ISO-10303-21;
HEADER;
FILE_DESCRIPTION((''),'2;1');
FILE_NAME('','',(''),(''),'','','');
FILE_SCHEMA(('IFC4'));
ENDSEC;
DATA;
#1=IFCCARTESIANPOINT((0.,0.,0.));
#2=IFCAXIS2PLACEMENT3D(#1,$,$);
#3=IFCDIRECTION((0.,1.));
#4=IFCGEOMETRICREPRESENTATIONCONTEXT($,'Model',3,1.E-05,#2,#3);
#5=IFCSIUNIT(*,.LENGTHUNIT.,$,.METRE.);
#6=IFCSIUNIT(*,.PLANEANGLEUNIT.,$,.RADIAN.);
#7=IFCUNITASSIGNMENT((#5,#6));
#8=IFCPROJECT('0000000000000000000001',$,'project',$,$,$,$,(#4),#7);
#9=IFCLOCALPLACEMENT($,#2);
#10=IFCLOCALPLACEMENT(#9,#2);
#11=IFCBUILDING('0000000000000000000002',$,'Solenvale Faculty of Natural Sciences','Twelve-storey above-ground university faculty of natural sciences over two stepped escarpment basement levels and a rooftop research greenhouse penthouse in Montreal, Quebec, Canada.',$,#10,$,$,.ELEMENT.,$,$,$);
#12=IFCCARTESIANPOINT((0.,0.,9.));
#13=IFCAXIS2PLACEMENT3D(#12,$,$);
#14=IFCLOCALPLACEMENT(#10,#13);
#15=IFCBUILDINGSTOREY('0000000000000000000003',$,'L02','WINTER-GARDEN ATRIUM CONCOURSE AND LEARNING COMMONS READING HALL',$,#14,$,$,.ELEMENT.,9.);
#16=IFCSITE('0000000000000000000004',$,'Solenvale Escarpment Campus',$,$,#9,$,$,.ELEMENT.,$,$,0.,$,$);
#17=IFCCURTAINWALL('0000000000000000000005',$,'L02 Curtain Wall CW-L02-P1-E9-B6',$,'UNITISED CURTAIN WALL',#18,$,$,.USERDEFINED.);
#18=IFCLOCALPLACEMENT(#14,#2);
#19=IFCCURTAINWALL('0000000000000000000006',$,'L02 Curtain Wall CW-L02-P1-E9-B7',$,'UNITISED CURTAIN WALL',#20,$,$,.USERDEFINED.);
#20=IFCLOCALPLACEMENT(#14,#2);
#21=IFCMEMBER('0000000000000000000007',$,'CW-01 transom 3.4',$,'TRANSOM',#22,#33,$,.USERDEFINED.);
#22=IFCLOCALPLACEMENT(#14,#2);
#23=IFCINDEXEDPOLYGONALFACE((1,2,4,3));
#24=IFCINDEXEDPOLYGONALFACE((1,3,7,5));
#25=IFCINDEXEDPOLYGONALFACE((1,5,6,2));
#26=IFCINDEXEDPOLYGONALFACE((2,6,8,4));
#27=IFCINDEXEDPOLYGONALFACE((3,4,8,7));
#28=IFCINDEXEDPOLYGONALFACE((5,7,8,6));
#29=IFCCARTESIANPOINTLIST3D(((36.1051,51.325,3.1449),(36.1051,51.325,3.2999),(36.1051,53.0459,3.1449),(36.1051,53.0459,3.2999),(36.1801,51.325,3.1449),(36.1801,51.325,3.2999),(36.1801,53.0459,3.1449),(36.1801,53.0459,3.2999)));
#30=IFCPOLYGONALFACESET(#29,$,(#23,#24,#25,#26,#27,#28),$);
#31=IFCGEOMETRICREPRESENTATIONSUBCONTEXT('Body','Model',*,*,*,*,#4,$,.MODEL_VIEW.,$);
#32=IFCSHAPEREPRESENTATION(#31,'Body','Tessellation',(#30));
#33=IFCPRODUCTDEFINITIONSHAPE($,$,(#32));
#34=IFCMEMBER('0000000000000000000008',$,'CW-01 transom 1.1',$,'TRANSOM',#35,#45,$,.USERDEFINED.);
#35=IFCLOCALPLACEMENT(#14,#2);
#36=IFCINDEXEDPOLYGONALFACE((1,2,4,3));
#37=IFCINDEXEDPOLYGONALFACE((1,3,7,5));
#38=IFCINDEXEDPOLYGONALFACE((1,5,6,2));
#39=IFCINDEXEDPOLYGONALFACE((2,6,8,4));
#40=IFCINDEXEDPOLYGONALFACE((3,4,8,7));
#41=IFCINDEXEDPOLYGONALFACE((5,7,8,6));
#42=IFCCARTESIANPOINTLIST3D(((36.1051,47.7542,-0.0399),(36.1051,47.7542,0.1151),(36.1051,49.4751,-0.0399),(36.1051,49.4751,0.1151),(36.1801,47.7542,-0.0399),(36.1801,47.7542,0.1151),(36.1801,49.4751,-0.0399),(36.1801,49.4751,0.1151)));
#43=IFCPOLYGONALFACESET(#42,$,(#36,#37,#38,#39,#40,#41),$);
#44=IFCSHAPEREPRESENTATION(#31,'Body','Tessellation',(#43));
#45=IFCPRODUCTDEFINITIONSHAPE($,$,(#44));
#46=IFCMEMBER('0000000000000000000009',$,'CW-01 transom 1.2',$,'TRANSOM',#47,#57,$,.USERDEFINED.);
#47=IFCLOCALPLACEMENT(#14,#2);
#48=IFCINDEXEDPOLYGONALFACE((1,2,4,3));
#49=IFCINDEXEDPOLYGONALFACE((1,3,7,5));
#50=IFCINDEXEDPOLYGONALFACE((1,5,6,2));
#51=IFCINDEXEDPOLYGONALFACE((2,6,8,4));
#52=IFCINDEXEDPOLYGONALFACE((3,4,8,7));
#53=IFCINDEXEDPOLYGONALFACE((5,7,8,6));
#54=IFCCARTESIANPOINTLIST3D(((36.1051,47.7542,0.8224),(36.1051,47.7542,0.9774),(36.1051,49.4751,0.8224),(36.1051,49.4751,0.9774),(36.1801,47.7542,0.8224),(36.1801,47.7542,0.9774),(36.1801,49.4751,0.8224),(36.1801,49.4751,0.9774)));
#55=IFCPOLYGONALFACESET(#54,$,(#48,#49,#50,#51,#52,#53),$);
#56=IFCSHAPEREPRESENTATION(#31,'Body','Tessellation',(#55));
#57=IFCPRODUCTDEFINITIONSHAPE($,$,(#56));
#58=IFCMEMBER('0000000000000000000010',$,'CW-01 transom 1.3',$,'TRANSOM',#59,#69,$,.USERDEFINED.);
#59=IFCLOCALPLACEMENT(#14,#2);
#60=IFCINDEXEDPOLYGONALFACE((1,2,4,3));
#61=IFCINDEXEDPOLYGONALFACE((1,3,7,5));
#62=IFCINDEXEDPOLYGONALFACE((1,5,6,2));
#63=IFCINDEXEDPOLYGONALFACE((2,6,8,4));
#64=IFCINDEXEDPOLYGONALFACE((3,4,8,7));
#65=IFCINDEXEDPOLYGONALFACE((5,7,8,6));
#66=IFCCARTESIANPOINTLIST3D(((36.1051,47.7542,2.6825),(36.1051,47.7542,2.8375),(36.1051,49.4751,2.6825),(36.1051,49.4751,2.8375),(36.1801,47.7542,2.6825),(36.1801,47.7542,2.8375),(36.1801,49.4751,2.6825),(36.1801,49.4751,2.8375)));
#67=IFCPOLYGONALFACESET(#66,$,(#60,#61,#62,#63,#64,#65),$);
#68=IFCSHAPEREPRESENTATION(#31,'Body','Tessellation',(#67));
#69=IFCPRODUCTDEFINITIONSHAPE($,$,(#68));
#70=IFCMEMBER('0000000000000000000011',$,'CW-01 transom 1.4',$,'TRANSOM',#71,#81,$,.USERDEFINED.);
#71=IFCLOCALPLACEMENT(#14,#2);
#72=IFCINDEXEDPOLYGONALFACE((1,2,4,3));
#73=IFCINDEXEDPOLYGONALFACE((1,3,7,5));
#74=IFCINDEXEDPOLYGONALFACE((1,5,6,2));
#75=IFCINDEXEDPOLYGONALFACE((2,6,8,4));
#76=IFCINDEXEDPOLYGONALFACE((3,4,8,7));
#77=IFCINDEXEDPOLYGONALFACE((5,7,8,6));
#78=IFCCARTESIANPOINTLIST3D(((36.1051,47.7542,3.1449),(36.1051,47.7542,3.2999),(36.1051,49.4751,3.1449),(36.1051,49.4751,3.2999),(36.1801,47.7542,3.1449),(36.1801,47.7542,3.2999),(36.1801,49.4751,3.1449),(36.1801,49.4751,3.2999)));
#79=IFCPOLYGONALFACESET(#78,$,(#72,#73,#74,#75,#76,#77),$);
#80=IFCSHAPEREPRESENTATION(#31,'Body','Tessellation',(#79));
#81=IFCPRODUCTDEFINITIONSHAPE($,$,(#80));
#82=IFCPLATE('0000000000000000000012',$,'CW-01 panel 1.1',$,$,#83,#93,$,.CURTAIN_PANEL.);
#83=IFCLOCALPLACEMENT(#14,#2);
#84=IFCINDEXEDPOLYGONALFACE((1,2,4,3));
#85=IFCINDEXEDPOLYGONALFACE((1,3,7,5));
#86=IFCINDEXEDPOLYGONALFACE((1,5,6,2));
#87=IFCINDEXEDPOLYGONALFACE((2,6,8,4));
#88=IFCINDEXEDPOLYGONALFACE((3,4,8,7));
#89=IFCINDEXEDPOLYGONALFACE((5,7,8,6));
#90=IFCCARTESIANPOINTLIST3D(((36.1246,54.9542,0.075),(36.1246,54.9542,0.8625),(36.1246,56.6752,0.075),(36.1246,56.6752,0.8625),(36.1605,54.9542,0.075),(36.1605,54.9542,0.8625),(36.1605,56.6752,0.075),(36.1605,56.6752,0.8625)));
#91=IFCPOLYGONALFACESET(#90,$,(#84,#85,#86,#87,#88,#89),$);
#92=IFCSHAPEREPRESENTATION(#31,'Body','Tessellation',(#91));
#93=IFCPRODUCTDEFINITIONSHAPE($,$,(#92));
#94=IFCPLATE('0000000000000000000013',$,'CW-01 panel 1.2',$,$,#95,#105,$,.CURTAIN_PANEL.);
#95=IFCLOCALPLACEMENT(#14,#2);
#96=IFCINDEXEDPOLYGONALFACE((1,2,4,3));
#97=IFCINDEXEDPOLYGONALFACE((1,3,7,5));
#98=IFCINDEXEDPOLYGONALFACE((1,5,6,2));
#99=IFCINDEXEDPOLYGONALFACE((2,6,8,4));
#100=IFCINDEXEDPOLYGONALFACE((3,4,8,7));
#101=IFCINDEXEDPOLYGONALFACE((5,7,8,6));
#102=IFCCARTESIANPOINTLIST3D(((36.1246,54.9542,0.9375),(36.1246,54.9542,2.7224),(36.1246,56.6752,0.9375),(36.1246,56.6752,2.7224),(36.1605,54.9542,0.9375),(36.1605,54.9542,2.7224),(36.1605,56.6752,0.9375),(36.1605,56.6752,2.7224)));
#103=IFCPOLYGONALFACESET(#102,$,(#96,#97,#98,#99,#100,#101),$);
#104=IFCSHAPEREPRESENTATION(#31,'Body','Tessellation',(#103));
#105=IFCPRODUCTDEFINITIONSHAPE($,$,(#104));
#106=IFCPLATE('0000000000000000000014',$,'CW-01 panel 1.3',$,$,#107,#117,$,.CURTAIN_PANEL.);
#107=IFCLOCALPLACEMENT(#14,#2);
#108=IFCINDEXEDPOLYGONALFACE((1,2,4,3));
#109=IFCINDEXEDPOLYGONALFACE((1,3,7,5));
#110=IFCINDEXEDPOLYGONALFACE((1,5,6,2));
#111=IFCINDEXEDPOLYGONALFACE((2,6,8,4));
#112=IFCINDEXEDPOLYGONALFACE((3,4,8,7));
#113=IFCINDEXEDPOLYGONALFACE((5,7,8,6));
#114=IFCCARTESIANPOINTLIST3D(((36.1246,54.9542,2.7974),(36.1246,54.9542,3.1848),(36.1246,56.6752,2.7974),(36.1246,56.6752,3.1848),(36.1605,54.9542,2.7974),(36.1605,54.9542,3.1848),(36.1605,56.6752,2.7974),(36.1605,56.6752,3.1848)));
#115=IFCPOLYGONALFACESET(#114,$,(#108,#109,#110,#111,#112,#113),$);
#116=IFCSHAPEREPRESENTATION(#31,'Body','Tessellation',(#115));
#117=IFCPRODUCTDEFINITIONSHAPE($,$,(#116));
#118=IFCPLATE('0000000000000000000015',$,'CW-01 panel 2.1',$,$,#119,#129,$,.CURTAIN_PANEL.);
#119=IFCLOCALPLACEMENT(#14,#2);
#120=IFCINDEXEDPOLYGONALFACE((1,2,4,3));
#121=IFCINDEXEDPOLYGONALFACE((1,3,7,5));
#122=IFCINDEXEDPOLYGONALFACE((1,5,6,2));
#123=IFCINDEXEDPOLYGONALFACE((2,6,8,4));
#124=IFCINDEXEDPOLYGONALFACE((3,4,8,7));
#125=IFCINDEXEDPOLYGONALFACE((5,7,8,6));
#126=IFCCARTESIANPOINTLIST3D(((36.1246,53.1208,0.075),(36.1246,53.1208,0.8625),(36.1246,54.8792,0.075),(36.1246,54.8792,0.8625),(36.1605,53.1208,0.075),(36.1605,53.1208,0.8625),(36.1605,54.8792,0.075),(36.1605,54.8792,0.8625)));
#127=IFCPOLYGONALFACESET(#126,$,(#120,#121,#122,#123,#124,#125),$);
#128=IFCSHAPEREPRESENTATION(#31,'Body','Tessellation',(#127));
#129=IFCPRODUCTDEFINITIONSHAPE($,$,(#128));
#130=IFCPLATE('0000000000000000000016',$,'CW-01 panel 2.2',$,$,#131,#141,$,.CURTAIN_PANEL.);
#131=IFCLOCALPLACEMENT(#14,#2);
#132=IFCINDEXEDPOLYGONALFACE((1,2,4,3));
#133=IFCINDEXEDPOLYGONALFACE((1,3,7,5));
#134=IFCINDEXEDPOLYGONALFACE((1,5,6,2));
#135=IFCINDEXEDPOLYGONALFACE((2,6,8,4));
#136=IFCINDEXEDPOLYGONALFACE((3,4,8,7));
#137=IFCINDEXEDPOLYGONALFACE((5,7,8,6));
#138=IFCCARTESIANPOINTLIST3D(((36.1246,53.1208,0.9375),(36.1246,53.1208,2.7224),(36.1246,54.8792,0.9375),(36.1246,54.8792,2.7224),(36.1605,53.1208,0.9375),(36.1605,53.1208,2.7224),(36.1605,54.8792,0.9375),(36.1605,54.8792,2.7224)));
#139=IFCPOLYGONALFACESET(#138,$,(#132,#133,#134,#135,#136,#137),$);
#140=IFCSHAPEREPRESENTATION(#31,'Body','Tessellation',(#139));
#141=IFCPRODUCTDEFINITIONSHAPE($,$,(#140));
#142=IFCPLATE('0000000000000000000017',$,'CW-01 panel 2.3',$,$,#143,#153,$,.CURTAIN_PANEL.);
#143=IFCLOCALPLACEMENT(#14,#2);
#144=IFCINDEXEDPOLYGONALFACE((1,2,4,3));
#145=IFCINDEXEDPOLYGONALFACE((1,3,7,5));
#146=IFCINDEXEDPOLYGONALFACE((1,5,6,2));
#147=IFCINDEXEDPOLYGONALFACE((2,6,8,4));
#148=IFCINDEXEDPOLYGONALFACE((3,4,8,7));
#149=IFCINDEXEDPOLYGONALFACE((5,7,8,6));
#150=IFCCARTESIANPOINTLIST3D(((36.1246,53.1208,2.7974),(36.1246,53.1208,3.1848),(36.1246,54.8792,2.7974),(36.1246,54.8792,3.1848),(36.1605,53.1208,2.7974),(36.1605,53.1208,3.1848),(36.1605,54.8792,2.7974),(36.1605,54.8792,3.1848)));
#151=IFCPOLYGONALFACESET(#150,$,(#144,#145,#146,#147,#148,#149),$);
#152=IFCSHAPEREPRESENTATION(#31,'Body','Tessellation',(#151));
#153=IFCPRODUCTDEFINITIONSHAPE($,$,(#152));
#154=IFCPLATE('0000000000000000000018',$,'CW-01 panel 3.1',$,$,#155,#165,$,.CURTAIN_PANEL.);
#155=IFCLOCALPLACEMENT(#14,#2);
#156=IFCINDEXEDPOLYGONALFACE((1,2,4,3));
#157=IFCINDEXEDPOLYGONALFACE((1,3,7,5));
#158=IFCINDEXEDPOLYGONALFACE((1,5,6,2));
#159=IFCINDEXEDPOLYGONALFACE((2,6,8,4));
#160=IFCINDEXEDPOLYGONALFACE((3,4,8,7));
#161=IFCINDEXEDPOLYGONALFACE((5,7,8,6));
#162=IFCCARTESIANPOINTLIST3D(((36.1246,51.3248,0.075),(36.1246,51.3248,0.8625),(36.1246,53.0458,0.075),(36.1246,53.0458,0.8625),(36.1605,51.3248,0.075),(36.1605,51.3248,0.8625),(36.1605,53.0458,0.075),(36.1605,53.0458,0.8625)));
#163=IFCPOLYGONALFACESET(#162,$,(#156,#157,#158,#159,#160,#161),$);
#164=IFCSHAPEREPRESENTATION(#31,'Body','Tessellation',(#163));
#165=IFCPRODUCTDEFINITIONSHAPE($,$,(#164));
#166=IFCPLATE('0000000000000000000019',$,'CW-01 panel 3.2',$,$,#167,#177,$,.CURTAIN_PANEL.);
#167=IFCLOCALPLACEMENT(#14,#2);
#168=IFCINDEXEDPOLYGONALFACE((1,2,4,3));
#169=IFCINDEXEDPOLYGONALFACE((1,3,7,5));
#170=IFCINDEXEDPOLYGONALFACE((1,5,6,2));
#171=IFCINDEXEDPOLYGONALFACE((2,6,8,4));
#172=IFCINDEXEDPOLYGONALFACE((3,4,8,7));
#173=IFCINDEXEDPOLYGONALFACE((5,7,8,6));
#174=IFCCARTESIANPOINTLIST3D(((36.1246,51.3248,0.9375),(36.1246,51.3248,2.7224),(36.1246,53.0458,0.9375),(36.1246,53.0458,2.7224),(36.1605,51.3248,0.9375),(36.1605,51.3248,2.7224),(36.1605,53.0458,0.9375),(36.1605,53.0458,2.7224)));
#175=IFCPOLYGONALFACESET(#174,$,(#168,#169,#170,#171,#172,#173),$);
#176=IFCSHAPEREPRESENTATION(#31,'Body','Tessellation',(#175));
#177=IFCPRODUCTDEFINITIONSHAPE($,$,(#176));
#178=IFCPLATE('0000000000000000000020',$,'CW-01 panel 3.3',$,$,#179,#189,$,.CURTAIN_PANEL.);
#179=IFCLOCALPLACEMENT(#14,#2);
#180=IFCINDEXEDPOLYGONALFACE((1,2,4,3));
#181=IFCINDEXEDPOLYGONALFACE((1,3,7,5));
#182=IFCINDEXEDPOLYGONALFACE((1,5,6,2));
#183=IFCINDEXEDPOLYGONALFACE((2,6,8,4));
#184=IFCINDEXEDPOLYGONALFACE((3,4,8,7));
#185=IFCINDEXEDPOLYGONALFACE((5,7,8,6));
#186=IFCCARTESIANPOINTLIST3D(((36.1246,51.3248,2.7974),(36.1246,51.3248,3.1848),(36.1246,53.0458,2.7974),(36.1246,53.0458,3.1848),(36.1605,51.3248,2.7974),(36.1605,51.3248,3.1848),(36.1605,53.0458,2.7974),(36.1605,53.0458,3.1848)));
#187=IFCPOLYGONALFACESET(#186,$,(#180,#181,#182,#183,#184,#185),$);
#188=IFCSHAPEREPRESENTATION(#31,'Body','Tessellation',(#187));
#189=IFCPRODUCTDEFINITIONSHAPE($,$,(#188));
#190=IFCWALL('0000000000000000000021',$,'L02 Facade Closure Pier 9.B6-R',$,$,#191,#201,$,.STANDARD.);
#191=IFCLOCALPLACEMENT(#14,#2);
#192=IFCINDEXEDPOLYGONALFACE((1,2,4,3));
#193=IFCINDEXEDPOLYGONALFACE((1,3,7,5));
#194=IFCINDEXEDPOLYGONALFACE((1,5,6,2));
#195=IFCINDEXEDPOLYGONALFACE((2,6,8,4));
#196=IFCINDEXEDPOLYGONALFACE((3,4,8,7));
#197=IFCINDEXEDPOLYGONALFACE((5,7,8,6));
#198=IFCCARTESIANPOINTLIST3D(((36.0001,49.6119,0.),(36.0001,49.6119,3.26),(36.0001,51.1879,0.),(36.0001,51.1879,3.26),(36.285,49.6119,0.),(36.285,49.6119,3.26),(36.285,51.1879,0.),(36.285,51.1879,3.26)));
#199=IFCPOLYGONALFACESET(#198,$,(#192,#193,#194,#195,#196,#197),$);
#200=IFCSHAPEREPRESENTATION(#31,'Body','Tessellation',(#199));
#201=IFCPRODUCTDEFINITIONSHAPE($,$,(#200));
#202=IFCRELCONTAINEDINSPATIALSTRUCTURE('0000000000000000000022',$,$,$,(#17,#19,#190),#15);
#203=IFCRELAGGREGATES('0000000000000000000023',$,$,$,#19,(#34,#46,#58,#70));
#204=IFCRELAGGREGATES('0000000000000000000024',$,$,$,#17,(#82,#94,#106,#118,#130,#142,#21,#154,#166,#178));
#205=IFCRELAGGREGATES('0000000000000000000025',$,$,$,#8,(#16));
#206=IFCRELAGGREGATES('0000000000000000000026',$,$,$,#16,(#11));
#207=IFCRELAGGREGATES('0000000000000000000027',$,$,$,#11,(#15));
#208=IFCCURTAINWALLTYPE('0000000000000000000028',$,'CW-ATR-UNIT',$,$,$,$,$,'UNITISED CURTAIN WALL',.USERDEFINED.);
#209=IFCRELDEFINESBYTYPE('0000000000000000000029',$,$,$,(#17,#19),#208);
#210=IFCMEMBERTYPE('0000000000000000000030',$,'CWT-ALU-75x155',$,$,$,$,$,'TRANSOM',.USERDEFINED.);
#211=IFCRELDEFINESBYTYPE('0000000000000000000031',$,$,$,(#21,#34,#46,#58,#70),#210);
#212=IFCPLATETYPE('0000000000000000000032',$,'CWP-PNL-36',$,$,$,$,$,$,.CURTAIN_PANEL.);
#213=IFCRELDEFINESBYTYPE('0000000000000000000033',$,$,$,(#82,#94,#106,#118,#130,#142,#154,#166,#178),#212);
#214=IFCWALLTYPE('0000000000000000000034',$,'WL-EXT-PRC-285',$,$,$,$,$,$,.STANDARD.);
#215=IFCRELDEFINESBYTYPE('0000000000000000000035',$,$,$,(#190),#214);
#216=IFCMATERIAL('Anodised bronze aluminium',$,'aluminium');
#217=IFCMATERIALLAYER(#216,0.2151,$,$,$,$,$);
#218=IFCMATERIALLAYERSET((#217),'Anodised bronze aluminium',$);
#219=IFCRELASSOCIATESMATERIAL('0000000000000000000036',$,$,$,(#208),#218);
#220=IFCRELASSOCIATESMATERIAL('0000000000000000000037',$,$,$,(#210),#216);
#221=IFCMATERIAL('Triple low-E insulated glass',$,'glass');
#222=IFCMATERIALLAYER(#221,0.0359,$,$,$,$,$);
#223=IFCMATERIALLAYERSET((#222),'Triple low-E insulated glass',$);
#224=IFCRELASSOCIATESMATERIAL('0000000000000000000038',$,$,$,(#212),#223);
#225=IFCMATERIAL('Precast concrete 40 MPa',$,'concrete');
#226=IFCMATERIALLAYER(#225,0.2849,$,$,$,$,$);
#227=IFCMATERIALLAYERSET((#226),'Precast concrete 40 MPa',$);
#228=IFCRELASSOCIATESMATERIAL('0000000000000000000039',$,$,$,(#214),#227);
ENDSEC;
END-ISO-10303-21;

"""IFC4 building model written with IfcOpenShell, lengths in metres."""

from ifc_helpers import new_model, si_unit, direction, frame, frame_2d, origin, origin_2d, place, context, subcontext, project, spatial, rectangle, extrude, material, layer, layer_set, material_profile, profile_set, type_object, element, aggregate, save


model = new_model("IFC4")

# Units and contexts
model_context = context("Model", 3, precision=1e-05, world=origin(), true_north=direction((0.0, 1.0)))
body_context = subcontext(model_context, "Body", "Model", "MODEL_VIEW")
ifc_project = project(units=[si_unit("LENGTHUNIT", "METRE"), si_unit("PLANEANGLEUNIT", "RADIAN")], contexts=[model_context])

# Site, building, storey
site_placement = place(None, origin())
site = spatial("IfcSite", under=ifc_project, at=site_placement, Name="Solenvale Escarpment Campus", CompositionType="ELEMENT", RefElevation=0.0)
building_placement = place(site_placement, origin())
building = spatial("IfcBuilding", under=site, at=building_placement, Name="Solenvale Faculty of Natural Sciences", Description="Twelve-storey above-ground university faculty of natural sciences over two stepped escarpment basement levels and a rooftop research greenhouse penthouse in Montreal, Quebec, Canada.", CompositionType="ELEMENT")
storey_placement = place(building_placement, frame((0.0, 0.0, 9.0)))
storey = spatial("IfcBuildingStorey", under=building, at=storey_placement, Name="L02", Description="WINTER-GARDEN ATRIUM CONCOURSE AND LEARNING COMMONS READING HALL", CompositionType="ELEMENT", Elevation=9.0)

# Curtain wall
ifc_material_1 = material(Name="Anodised bronze aluminium", Category="aluminium")
ifc_layer_1 = layer(ifc_material_1, 0.2151)
ifc_layer_set_1 = layer_set([ifc_layer_1], Name="Anodised bronze aluminium")
curtain_wall_type = type_object("IfcCurtainWallType", Name="CW-ATR-UNIT", ElementType="UNITISED CURTAIN WALL", PredefinedType="USERDEFINED", material=ifc_layer_set_1)
curtain_wall_1_placement = place(storey_placement, origin())
curtain_wall_1 = element("IfcCurtainWall", 1, at=curtain_wall_1_placement, inside=storey, type_object=curtain_wall_type, Name="L02 Curtain Wall CW-L02-P1-E9-B6", ObjectType="UNITISED CURTAIN WALL", PredefinedType="USERDEFINED")

# Curtain wall
curtain_wall_2_placement = place(storey_placement, origin())
curtain_wall_2 = element("IfcCurtainWall", 2, at=curtain_wall_2_placement, inside=storey, type_object=curtain_wall_type, Name="L02 Curtain Wall CW-L02-P1-E9-B7", ObjectType="UNITISED CURTAIN WALL", PredefinedType="USERDEFINED")

# Members
ifc_material_profile_1 = material_profile(ifc_material_1, rectangle(XDim=0.075, YDim=0.155, at=origin_2d()), Name="ALU-TRN-75x155")
ifc_profile_set_1 = profile_set([ifc_material_profile_1], Name="Anodised bronze aluminium")
member_type_1 = type_object("IfcMemberType", Name="CWT-ALU-75x155", ElementType="TRANSOM", PredefinedType="USERDEFINED", material=ifc_profile_set_1)
member_1_placement = place(storey_placement, frame((36.1426, 53.0459, 3.2224), z_axis=(0.0, -1.0, 0.0), x_axis=(1.0, 0.0, 0.0)))
member_1 = element("IfcMember", 3, at=member_1_placement, type_object=member_type_1, Name="CW-01 transom 3.4", ObjectType="TRANSOM", PredefinedType="USERDEFINED", context=body_context, shape_type="SweptSolid", body=[
    extrude(rectangle(XDim=0.075, YDim=0.155, at=origin_2d()), origin(), (0.0, 0.0, 1.0), 1.7209),
])
member_2_placement = place(storey_placement, frame((36.1426, 49.4751, 0.0376), z_axis=(0.0, -1.0, 0.0), x_axis=(1.0, 0.0, 0.0)))
member_2 = element("IfcMember", 4, at=member_2_placement, type_object=member_type_1, Name="CW-01 transom 1.1", ObjectType="TRANSOM", PredefinedType="USERDEFINED", context=body_context, shape_type="SweptSolid", body=[
    extrude(rectangle(XDim=0.075, YDim=0.155, at=origin_2d()), origin(), (0.0, 0.0, 1.0), 1.7209),
])
member_3_placement = place(storey_placement, frame((36.1426, 49.4751, 0.8999), z_axis=(0.0, -1.0, 0.0), x_axis=(1.0, 0.0, 0.0)))
member_3 = element("IfcMember", 5, at=member_3_placement, type_object=member_type_1, Name="CW-01 transom 1.2", ObjectType="TRANSOM", PredefinedType="USERDEFINED", context=body_context, shape_type="SweptSolid", body=[
    extrude(rectangle(XDim=0.075, YDim=0.155, at=origin_2d()), origin(), (0.0, 0.0, 1.0), 1.7209),
])
member_4_placement = place(storey_placement, frame((36.1426, 49.4751, 2.76), z_axis=(0.0, -1.0, 0.0), x_axis=(1.0, 0.0, 0.0)))
member_4 = element("IfcMember", 6, at=member_4_placement, type_object=member_type_1, Name="CW-01 transom 1.3", ObjectType="TRANSOM", PredefinedType="USERDEFINED", context=body_context, shape_type="SweptSolid", body=[
    extrude(rectangle(XDim=0.075, YDim=0.155, at=origin_2d()), origin(), (0.0, 0.0, 1.0), 1.7209),
])
member_5_placement = place(storey_placement, frame((36.1426, 49.4751, 3.2224), z_axis=(0.0, -1.0, 0.0), x_axis=(1.0, 0.0, 0.0)))
member_5 = element("IfcMember", 7, at=member_5_placement, type_object=member_type_1, Name="CW-01 transom 1.4", ObjectType="TRANSOM", PredefinedType="USERDEFINED", context=body_context, shape_type="SweptSolid", body=[
    extrude(rectangle(XDim=0.075, YDim=0.155, at=origin_2d()), origin(), (0.0, 0.0, 1.0), 1.7209),
])
aggregate(curtain_wall_2, [member_2, member_3, member_4, member_5])

# Plates
ifc_material_2 = material(Name="Triple low-E insulated glass", Category="glass")
ifc_layer_2 = layer(ifc_material_2, 0.0359)
ifc_layer_set_2 = layer_set([ifc_layer_2], Name="Triple low-E insulated glass")
plate_type = type_object("IfcPlateType", Name="CWP-PNL-36", PredefinedType="CURTAIN_PANEL", material=ifc_layer_set_2)
plate_1_placement = place(storey_placement, frame((36.1426, 55.8147, 0.075), z_axis=(0.0, 0.0, 1.0), x_axis=(0.0, -1.0, 0.0)))
plate_1 = element("IfcPlate", 8, at=plate_1_placement, type_object=plate_type, Name="CW-01 panel 1.1", PredefinedType="CURTAIN_PANEL", context=body_context, shape_type="SweptSolid", body=[
    extrude(rectangle(XDim=1.7209, YDim=0.0359, at=origin_2d()), origin(), (0.0, 0.0, 1.0), 0.7876),
])
plate_2_placement = place(storey_placement, frame((36.1426, 55.8147, 0.9375), z_axis=(0.0, 0.0, 1.0), x_axis=(0.0, -1.0, 0.0)))
plate_2 = element("IfcPlate", 9, at=plate_2_placement, type_object=plate_type, Name="CW-01 panel 1.2", PredefinedType="CURTAIN_PANEL", context=body_context, shape_type="SweptSolid", body=[
    extrude(rectangle(XDim=1.7209, YDim=0.0359, at=origin_2d()), origin(), (0.0, 0.0, 1.0), 1.7849),
])
plate_3_placement = place(storey_placement, frame((36.1426, 55.8147, 2.7974), z_axis=(0.0, 0.0, 1.0), x_axis=(0.0, -1.0, 0.0)))
plate_3 = element("IfcPlate", 10, at=plate_3_placement, type_object=plate_type, Name="CW-01 panel 1.3", PredefinedType="CURTAIN_PANEL", context=body_context, shape_type="SweptSolid", body=[
    extrude(rectangle(XDim=1.7209, YDim=0.0359, at=origin_2d()), origin(), (0.0, 0.0, 1.0), 0.3875),
])
plate_4_placement = place(storey_placement, frame((36.1426, 54.0, 0.075), z_axis=(0.0, 0.0, 1.0), x_axis=(0.0, -1.0, 0.0)))
plate_4 = element("IfcPlate", 11, at=plate_4_placement, type_object=plate_type, Name="CW-01 panel 2.1", PredefinedType="CURTAIN_PANEL", context=body_context, shape_type="SweptSolid", body=[
    extrude(rectangle(XDim=1.7583, YDim=0.0359, at=origin_2d()), origin(), (0.0, 0.0, 1.0), 0.7876),
])
plate_5_placement = place(storey_placement, frame((36.1426, 54.0, 0.9375), z_axis=(0.0, 0.0, 1.0), x_axis=(0.0, -1.0, 0.0)))
plate_5 = element("IfcPlate", 12, at=plate_5_placement, type_object=plate_type, Name="CW-01 panel 2.2", PredefinedType="CURTAIN_PANEL", context=body_context, shape_type="SweptSolid", body=[
    extrude(rectangle(XDim=1.7583, YDim=0.0359, at=origin_2d()), origin(), (0.0, 0.0, 1.0), 1.7849),
])
plate_6_placement = place(storey_placement, frame((36.1426, 54.0, 2.7974), z_axis=(0.0, 0.0, 1.0), x_axis=(0.0, -1.0, 0.0)))
plate_6 = element("IfcPlate", 13, at=plate_6_placement, type_object=plate_type, Name="CW-01 panel 2.3", PredefinedType="CURTAIN_PANEL", context=body_context, shape_type="SweptSolid", body=[
    extrude(rectangle(XDim=1.7583, YDim=0.0359, at=origin_2d()), origin(), (0.0, 0.0, 1.0), 0.3875),
])
plate_7_placement = place(storey_placement, frame((36.1426, 52.1853, 0.075), z_axis=(0.0, 0.0, 1.0), x_axis=(0.0, -1.0, 0.0)))
plate_7 = element("IfcPlate", 14, at=plate_7_placement, type_object=plate_type, Name="CW-01 panel 3.1", PredefinedType="CURTAIN_PANEL", context=body_context, shape_type="SweptSolid", body=[
    extrude(rectangle(XDim=1.7209, YDim=0.0359, at=origin_2d()), origin(), (0.0, 0.0, 1.0), 0.7876),
])
plate_8_placement = place(storey_placement, frame((36.1426, 52.1853, 0.9375), z_axis=(0.0, 0.0, 1.0), x_axis=(0.0, -1.0, 0.0)))
plate_8 = element("IfcPlate", 15, at=plate_8_placement, type_object=plate_type, Name="CW-01 panel 3.2", PredefinedType="CURTAIN_PANEL", context=body_context, shape_type="SweptSolid", body=[
    extrude(rectangle(XDim=1.7209, YDim=0.0359, at=origin_2d()), origin(), (0.0, 0.0, 1.0), 1.7849),
])
plate_9_placement = place(storey_placement, frame((36.1426, 52.1853, 2.7974), z_axis=(0.0, 0.0, 1.0), x_axis=(0.0, -1.0, 0.0)))
plate_9 = element("IfcPlate", 16, at=plate_9_placement, type_object=plate_type, Name="CW-01 panel 3.3", PredefinedType="CURTAIN_PANEL", context=body_context, shape_type="SweptSolid", body=[
    extrude(rectangle(XDim=1.7209, YDim=0.0359, at=origin_2d()), origin(), (0.0, 0.0, 1.0), 0.3875),
])
aggregate(curtain_wall_1, [plate_1, plate_2, plate_3, plate_4, plate_5, plate_6, member_1, plate_7, plate_8, plate_9])

# Wall
ifc_material_3 = material(Name="Precast concrete 40 MPa", Category="concrete")
ifc_layer_3 = layer(ifc_material_3, 0.2849)
ifc_layer_set_3 = layer_set([ifc_layer_3], Name="Precast concrete 40 MPa")
wall_type = type_object("IfcWallType", Name="WL-EXT-PRC-285", PredefinedType="STANDARD", material=ifc_layer_set_3)
wall_placement = place(storey_placement, frame((36.1426, 51.188, 0.0), z_axis=(0.0, 0.0, 1.0), x_axis=(0.0, -1.0, 0.0)))
element("IfcWall", 17, at=wall_placement, inside=storey, type_object=wall_type, Name="L02 Facade Closure Pier 9.B6-R", PredefinedType="STANDARD", context=body_context, shape_type="SweptSolid", body=[
    extrude(rectangle(XDim=1.5759, YDim=0.2849, at=frame_2d((0.7881, 0.0))), origin(), (0.0, 0.0, 1.0), 3.26),
])

save(model, "model.ifc")
